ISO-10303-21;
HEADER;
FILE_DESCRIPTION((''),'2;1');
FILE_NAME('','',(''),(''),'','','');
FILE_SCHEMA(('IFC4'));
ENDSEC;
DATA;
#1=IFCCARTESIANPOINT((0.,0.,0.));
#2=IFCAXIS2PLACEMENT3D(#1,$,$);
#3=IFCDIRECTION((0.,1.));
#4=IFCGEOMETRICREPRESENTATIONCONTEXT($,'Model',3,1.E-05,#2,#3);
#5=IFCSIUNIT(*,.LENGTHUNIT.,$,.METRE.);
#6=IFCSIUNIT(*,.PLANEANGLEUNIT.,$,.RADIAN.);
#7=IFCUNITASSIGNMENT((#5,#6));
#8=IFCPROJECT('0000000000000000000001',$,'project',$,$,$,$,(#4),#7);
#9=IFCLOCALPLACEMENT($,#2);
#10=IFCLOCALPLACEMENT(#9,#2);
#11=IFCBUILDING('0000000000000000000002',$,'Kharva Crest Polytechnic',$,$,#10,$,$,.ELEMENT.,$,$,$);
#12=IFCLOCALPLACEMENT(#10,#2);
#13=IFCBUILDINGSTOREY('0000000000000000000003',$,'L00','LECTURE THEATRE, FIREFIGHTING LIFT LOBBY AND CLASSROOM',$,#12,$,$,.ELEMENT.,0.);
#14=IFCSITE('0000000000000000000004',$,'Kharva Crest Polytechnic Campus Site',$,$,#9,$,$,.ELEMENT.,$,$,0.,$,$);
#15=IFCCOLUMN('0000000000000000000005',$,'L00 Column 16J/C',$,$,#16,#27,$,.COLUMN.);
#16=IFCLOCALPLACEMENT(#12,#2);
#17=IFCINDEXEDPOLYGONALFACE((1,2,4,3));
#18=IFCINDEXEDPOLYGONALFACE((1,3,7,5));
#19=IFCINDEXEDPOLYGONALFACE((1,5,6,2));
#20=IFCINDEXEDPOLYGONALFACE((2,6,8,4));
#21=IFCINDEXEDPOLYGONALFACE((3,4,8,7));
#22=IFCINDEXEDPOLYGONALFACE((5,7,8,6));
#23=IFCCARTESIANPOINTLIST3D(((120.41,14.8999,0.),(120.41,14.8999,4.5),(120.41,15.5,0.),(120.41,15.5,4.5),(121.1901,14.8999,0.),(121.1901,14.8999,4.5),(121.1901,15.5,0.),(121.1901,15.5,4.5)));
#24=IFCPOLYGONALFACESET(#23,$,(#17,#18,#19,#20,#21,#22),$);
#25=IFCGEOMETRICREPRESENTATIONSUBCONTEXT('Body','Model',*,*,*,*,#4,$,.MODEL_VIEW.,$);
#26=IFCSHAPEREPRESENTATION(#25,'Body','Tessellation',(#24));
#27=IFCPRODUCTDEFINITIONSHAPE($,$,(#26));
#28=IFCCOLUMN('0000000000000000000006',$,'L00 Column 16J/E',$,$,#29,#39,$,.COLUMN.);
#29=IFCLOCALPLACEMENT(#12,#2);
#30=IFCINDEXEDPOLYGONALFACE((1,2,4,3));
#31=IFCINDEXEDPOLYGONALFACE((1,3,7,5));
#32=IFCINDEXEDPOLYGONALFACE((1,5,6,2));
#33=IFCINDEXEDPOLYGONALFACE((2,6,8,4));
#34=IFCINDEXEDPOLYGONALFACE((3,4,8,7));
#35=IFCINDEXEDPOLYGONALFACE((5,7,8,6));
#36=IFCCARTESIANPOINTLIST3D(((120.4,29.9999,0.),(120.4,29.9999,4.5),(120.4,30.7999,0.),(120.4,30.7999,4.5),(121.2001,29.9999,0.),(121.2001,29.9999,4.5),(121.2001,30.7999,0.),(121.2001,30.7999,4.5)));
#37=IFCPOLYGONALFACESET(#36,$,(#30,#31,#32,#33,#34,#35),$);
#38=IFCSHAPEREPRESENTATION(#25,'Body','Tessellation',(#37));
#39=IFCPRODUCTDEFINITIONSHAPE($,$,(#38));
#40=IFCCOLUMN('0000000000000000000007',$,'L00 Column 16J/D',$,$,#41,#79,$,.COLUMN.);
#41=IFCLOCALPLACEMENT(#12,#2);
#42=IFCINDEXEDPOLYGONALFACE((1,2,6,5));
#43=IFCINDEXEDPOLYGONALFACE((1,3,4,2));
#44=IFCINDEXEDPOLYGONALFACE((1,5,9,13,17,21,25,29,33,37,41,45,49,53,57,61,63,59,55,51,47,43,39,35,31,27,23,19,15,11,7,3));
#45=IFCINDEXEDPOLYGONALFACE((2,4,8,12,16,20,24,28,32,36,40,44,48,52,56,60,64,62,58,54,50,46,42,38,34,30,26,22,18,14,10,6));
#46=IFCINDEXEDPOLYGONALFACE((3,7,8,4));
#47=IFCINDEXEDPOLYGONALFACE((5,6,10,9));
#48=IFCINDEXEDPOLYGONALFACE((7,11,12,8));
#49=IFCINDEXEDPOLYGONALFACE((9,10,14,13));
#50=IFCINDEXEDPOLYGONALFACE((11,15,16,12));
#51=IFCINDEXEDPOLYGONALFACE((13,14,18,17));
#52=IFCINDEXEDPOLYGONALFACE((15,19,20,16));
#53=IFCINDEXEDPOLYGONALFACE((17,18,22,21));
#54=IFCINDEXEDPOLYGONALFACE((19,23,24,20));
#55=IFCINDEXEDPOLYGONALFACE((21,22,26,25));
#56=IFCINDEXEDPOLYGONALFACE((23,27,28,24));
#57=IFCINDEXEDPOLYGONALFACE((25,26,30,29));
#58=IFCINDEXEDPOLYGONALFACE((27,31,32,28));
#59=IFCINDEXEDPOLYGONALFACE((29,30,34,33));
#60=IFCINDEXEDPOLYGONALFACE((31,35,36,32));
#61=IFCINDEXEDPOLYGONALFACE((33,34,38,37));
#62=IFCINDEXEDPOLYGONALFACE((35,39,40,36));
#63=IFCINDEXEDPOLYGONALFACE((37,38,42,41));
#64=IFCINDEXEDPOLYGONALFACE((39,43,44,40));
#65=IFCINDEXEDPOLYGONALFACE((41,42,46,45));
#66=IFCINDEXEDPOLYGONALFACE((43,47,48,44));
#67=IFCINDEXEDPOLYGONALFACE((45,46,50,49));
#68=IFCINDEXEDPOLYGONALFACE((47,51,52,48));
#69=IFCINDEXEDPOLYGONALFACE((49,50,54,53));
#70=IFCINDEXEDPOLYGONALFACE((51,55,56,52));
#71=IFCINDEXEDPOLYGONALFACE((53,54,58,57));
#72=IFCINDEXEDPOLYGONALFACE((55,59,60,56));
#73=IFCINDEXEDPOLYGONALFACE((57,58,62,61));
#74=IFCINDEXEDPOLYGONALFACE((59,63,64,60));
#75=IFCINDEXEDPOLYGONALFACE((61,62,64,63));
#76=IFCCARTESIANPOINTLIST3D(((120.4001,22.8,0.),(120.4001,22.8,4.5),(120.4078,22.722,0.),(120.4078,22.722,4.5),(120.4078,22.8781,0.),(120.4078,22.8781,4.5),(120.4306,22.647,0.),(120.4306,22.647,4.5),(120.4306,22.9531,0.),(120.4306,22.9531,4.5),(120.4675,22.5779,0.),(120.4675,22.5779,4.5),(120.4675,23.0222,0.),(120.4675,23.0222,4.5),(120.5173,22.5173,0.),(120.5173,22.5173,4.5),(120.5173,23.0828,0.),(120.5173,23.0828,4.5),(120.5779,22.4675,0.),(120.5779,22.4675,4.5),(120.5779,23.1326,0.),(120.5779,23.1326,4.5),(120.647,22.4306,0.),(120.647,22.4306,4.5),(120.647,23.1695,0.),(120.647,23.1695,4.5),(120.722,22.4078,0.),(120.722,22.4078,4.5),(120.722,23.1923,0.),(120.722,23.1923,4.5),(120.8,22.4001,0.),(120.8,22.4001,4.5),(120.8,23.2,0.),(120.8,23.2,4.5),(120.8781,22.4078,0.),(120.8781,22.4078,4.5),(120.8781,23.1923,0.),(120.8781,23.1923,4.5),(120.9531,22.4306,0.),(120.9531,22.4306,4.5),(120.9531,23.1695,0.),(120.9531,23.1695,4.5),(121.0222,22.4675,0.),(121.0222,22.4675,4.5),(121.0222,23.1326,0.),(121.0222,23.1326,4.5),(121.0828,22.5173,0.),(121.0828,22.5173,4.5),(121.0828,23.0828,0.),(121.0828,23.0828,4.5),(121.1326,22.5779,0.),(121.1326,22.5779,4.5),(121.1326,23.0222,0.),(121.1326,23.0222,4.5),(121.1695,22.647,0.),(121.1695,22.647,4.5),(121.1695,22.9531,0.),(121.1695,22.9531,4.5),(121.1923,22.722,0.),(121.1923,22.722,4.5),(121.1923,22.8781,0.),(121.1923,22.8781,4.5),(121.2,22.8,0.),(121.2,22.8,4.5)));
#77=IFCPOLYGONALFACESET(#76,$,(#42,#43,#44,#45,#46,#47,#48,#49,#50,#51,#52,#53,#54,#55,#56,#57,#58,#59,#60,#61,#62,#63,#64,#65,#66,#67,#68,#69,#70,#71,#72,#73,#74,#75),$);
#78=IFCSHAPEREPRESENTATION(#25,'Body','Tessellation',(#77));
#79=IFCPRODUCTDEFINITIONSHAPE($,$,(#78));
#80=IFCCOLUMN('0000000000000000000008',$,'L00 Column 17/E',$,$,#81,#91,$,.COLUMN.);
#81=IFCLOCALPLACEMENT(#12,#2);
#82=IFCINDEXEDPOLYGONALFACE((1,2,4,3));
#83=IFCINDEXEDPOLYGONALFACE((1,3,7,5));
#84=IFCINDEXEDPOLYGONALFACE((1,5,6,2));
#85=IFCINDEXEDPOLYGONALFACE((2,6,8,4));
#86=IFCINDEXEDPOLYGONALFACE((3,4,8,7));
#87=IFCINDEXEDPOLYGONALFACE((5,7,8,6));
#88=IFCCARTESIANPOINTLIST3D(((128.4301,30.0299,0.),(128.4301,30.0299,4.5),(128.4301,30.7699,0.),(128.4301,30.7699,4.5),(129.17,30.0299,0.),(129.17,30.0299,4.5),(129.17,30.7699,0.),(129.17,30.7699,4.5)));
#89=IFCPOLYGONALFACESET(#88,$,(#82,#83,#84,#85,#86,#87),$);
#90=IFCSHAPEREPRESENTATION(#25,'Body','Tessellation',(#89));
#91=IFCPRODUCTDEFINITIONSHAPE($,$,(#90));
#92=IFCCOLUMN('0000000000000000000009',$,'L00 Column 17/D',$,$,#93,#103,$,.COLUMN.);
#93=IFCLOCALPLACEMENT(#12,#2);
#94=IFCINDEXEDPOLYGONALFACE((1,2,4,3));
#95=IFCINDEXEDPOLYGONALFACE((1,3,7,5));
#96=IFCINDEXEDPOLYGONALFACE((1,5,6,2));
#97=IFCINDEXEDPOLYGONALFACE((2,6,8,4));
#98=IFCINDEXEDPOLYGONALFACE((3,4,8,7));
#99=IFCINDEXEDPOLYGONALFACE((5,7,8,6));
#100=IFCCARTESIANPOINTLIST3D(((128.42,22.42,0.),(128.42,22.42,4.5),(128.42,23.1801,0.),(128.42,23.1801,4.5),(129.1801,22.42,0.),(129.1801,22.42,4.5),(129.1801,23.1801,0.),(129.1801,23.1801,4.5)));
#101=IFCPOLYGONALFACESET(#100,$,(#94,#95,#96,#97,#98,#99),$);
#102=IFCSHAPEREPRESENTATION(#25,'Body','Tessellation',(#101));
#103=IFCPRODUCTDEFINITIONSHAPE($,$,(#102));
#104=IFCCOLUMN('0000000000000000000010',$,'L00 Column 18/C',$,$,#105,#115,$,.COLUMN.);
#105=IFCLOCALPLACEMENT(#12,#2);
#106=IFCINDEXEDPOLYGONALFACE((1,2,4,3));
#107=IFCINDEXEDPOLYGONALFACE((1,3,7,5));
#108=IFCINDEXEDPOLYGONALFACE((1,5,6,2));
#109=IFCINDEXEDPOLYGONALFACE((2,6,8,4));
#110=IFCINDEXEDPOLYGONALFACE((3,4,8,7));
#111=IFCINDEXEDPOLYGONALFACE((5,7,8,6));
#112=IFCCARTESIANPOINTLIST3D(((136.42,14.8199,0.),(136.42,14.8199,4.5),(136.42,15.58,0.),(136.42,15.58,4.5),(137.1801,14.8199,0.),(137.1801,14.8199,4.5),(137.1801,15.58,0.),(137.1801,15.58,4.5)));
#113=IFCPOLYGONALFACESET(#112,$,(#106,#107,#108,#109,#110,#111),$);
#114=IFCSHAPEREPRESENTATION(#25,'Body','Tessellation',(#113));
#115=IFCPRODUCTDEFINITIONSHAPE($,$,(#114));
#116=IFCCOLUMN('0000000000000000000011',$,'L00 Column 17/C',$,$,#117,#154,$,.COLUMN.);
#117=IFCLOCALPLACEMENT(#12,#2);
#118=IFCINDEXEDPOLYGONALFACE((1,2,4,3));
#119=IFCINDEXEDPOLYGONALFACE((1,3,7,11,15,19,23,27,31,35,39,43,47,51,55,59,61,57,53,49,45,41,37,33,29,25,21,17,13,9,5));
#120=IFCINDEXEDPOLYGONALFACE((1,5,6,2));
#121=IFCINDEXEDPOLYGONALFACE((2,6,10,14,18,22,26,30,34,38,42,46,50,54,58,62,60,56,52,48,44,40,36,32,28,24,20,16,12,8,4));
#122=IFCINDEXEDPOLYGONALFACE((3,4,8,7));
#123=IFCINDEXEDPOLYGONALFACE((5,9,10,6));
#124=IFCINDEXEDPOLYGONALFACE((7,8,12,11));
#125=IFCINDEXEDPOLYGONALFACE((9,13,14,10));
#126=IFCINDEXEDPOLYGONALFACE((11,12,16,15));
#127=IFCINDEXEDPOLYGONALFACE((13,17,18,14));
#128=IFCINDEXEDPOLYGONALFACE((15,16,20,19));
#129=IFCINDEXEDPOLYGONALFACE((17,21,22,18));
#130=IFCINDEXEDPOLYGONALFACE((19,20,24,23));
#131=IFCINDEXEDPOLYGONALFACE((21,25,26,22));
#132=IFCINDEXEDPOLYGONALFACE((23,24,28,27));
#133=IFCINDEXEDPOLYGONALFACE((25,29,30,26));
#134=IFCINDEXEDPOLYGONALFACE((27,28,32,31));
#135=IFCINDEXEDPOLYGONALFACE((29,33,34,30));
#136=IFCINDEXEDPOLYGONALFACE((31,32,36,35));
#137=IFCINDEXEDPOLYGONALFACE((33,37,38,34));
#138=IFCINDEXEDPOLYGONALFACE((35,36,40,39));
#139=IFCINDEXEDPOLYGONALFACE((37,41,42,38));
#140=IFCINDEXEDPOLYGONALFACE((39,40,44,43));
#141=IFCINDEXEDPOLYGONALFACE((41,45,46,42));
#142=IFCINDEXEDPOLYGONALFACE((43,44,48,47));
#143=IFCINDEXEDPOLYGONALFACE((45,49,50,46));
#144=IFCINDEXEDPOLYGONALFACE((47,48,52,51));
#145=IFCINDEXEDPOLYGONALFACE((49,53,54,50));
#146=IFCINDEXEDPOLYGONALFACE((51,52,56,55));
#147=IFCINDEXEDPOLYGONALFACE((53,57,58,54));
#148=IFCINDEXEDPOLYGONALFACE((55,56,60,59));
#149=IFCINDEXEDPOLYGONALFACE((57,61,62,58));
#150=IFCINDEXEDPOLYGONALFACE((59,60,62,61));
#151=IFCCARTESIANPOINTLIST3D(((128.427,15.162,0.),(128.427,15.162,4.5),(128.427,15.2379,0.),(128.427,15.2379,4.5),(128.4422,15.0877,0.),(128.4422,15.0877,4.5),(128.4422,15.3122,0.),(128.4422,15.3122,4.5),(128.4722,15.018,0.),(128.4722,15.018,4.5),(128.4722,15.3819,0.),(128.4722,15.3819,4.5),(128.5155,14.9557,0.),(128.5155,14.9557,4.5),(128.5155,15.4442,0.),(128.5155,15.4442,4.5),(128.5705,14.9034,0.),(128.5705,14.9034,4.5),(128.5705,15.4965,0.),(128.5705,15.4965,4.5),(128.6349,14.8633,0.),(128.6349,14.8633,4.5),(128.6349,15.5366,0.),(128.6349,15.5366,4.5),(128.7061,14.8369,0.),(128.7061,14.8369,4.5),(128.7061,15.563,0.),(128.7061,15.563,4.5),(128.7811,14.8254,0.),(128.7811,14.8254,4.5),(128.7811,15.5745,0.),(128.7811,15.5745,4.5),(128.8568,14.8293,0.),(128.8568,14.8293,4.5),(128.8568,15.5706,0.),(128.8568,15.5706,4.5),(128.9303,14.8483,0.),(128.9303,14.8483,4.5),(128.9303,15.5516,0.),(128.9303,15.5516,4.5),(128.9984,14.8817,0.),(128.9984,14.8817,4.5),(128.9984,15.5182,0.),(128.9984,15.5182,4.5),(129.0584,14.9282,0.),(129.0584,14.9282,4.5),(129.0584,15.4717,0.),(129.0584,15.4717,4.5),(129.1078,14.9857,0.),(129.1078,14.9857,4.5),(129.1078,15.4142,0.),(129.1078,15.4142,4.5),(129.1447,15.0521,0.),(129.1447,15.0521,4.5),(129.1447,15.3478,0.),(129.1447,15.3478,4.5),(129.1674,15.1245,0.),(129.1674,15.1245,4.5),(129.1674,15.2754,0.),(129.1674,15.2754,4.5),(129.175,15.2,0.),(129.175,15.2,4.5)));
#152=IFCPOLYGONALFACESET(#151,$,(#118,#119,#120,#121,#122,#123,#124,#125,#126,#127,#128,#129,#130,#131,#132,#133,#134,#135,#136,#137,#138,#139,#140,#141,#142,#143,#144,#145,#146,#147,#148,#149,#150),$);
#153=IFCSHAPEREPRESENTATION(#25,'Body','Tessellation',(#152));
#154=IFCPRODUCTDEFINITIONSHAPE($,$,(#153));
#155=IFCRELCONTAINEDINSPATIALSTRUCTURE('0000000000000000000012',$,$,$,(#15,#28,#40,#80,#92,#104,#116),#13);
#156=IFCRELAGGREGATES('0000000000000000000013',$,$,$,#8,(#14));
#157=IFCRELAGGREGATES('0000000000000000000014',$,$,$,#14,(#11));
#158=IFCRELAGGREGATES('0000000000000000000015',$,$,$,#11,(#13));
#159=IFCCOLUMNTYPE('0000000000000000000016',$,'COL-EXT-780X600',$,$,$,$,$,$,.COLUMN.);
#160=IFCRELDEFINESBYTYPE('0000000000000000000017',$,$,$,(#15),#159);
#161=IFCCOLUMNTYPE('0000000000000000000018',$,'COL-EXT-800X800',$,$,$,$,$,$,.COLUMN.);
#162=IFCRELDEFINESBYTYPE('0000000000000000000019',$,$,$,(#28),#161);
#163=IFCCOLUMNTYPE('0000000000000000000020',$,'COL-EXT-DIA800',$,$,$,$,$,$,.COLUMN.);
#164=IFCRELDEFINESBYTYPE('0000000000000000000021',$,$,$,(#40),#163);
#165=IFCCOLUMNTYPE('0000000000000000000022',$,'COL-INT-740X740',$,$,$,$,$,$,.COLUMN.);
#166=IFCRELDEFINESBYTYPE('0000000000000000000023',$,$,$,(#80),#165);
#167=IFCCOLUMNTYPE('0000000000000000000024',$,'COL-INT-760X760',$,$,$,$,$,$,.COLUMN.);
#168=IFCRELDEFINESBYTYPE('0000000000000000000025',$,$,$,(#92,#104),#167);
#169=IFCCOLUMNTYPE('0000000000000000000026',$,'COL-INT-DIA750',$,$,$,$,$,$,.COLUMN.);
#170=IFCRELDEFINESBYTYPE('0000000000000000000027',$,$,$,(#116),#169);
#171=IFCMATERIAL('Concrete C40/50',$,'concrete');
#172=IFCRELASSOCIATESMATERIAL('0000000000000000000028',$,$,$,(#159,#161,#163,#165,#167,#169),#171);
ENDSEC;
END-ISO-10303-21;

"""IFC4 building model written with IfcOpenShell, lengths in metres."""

from ifc_helpers import new_model, si_unit, direction, frame, origin, origin_2d, place, context, subcontext, project, spatial, rectangle, circle, extrude, material, material_profile, profile_set, type_object, element, save


model = new_model("IFC4")

# Units and contexts
model_context = context("Model", 3, precision=1e-05, world=origin(), true_north=direction((0.0, 1.0)))
body_context = subcontext(model_context, "Body", "Model", "MODEL_VIEW")
ifc_project = project(units=[si_unit("LENGTHUNIT", "METRE"), si_unit("PLANEANGLEUNIT", "RADIAN")], contexts=[model_context])

# Site, building, storey
site_placement = place(None, origin())
site = spatial("IfcSite", under=ifc_project, at=site_placement, Name="Kharva Crest Polytechnic Campus Site", CompositionType="ELEMENT", RefElevation=0.0)
building_placement = place(site_placement, origin())
building = spatial("IfcBuilding", under=site, at=building_placement, Name="Kharva Crest Polytechnic", CompositionType="ELEMENT")
storey_placement = place(building_placement, origin())
storey = spatial("IfcBuildingStorey", under=building, at=storey_placement, Name="L00", Description="LECTURE THEATRE, FIREFIGHTING LIFT LOBBY AND CLASSROOM", CompositionType="ELEMENT", Elevation=0.0)

# Columns
ifc_material_1 = material(Name="Concrete C40/50", Category="concrete")
ifc_material_profile_1 = material_profile(ifc_material_1, rectangle(XDim=0.78, YDim=0.6001, at=origin_2d()), Name="RECT 780 X 600")
ifc_profile_set_1 = profile_set([ifc_material_profile_1], Name="Concrete C40/50")
column_type_1 = type_object("IfcColumnType", Name="COL-EXT-780X600", PredefinedType="COLUMN", material=ifc_profile_set_1)
column_1_placement = place(storey_placement, frame((120.8, 15.2, 0.0), z_axis=(0.0, 0.0, 1.0), x_axis=(1.0, 0.0, 0.0)))
element("IfcColumn", 1, at=column_1_placement, inside=storey, type_object=column_type_1, Name="L00 Column 16J/C", PredefinedType="COLUMN", context=body_context, shape_type="SweptSolid", body=[
    extrude(rectangle(XDim=0.78, YDim=0.6001, at=origin_2d()), origin(), (0.0, 0.0, 1.0), 4.5),
])
ifc_material_profile_2 = material_profile(ifc_material_1, rectangle(XDim=0.8, YDim=0.8, at=origin_2d()), Name="RECT 800 X 800")
ifc_profile_set_2 = profile_set([ifc_material_profile_2], Name="Concrete C40/50")
column_type_2 = type_object("IfcColumnType", Name="COL-EXT-800X800", PredefinedType="COLUMN", material=ifc_profile_set_2)
column_2_placement = place(storey_placement, frame((120.8, 30.3999, 0.0), z_axis=(0.0, 0.0, 1.0), x_axis=(1.0, 0.0, 0.0)))
element("IfcColumn", 2, at=column_2_placement, inside=storey, type_object=column_type_2, Name="L00 Column 16J/E", PredefinedType="COLUMN", context=body_context, shape_type="SweptSolid", body=[
    extrude(rectangle(XDim=0.8, YDim=0.8, at=origin_2d()), origin(), (0.0, 0.0, 1.0), 4.5),
])
ifc_material_profile_3 = material_profile(ifc_material_1, circle(Radius=0.3999, at=origin_2d()), Name="DIA 800")
ifc_profile_set_3 = profile_set([ifc_material_profile_3], Name="Concrete C40/50")
column_type_3 = type_object("IfcColumnType", Name="COL-EXT-DIA800", PredefinedType="COLUMN", material=ifc_profile_set_3)
column_3_placement = place(storey_placement, frame((120.8, 22.8, 0.0), z_axis=(0.0, 0.0, 1.0), x_axis=(1.0, 0.0, 0.0)))
element("IfcColumn", 3, at=column_3_placement, inside=storey, type_object=column_type_3, Name="L00 Column 16J/D", PredefinedType="COLUMN", context=body_context, shape_type="SweptSolid", body=[
    extrude(circle(Radius=0.3999, at=origin_2d()), origin(), (0.0, 0.0, 1.0), 4.5),
])
ifc_material_profile_4 = material_profile(ifc_material_1, rectangle(XDim=0.74, YDim=0.74, at=origin_2d()), Name="RECT 740 X 740")
ifc_profile_set_4 = profile_set([ifc_material_profile_4], Name="Concrete C40/50")
column_type_4 = type_object("IfcColumnType", Name="COL-INT-740X740", PredefinedType="COLUMN", material=ifc_profile_set_4)
column_4_placement = place(storey_placement, frame((128.8, 30.3999, 0.0), z_axis=(0.0, 0.0, 1.0), x_axis=(1.0, 0.0, 0.0)))
element("IfcColumn", 4, at=column_4_placement, inside=storey, type_object=column_type_4, Name="L00 Column 17/E", PredefinedType="COLUMN", context=body_context, shape_type="SweptSolid", body=[
    extrude(rectangle(XDim=0.74, YDim=0.74, at=origin_2d()), origin(), (0.0, 0.0, 1.0), 4.5),
])
ifc_material_profile_5 = material_profile(ifc_material_1, rectangle(XDim=0.76, YDim=0.76, at=origin_2d()), Name="RECT 760 X 760")
ifc_profile_set_5 = profile_set([ifc_material_profile_5], Name="Concrete C40/50")
column_type_5 = type_object("IfcColumnType", Name="COL-INT-760X760", PredefinedType="COLUMN", material=ifc_profile_set_5)
for number, where, z_axis, x_axis, name in (
    (5, (128.8, 22.8, 0.0), (0.0, 0.0, 1.0), (1.0, 0.0, 0.0), "L00 Column 17/D"),
    (6, (136.8, 15.2, 0.0), (0.0, 0.0, 1.0), (1.0, 0.0, 0.0), "L00 Column 18/C"),
):
    element("IfcColumn", number, at=place(storey_placement, frame(where, z_axis=z_axis, x_axis=x_axis)), inside=storey, type_object=column_type_5, Name=name, PredefinedType="COLUMN", context=body_context, shape_type="SweptSolid", body=[
        extrude(rectangle(XDim=0.76, YDim=0.76, at=origin_2d()), origin(), (0.0, 0.0, 1.0), 4.5),
    ])
ifc_material_profile_6 = material_profile(ifc_material_1, circle(Radius=0.375, at=origin_2d()), Name="DIA 750")
ifc_profile_set_6 = profile_set([ifc_material_profile_6], Name="Concrete C40/50")
column_type_6 = type_object("IfcColumnType", Name="COL-INT-DIA750", PredefinedType="COLUMN", material=ifc_profile_set_6)
column_5_placement = place(storey_placement, frame((128.8, 15.2, 0.0), z_axis=(0.0, 0.0, 1.0), x_axis=(1.0, 0.0, 0.0)))
element("IfcColumn", 7, at=column_5_placement, inside=storey, type_object=column_type_6, Name="L00 Column 17/C", PredefinedType="COLUMN", context=body_context, shape_type="SweptSolid", body=[
    extrude(circle(Radius=0.375, at=origin_2d()), origin(), (0.0, 0.0, 1.0), 4.5),
])

save(model, "model.ifc")
